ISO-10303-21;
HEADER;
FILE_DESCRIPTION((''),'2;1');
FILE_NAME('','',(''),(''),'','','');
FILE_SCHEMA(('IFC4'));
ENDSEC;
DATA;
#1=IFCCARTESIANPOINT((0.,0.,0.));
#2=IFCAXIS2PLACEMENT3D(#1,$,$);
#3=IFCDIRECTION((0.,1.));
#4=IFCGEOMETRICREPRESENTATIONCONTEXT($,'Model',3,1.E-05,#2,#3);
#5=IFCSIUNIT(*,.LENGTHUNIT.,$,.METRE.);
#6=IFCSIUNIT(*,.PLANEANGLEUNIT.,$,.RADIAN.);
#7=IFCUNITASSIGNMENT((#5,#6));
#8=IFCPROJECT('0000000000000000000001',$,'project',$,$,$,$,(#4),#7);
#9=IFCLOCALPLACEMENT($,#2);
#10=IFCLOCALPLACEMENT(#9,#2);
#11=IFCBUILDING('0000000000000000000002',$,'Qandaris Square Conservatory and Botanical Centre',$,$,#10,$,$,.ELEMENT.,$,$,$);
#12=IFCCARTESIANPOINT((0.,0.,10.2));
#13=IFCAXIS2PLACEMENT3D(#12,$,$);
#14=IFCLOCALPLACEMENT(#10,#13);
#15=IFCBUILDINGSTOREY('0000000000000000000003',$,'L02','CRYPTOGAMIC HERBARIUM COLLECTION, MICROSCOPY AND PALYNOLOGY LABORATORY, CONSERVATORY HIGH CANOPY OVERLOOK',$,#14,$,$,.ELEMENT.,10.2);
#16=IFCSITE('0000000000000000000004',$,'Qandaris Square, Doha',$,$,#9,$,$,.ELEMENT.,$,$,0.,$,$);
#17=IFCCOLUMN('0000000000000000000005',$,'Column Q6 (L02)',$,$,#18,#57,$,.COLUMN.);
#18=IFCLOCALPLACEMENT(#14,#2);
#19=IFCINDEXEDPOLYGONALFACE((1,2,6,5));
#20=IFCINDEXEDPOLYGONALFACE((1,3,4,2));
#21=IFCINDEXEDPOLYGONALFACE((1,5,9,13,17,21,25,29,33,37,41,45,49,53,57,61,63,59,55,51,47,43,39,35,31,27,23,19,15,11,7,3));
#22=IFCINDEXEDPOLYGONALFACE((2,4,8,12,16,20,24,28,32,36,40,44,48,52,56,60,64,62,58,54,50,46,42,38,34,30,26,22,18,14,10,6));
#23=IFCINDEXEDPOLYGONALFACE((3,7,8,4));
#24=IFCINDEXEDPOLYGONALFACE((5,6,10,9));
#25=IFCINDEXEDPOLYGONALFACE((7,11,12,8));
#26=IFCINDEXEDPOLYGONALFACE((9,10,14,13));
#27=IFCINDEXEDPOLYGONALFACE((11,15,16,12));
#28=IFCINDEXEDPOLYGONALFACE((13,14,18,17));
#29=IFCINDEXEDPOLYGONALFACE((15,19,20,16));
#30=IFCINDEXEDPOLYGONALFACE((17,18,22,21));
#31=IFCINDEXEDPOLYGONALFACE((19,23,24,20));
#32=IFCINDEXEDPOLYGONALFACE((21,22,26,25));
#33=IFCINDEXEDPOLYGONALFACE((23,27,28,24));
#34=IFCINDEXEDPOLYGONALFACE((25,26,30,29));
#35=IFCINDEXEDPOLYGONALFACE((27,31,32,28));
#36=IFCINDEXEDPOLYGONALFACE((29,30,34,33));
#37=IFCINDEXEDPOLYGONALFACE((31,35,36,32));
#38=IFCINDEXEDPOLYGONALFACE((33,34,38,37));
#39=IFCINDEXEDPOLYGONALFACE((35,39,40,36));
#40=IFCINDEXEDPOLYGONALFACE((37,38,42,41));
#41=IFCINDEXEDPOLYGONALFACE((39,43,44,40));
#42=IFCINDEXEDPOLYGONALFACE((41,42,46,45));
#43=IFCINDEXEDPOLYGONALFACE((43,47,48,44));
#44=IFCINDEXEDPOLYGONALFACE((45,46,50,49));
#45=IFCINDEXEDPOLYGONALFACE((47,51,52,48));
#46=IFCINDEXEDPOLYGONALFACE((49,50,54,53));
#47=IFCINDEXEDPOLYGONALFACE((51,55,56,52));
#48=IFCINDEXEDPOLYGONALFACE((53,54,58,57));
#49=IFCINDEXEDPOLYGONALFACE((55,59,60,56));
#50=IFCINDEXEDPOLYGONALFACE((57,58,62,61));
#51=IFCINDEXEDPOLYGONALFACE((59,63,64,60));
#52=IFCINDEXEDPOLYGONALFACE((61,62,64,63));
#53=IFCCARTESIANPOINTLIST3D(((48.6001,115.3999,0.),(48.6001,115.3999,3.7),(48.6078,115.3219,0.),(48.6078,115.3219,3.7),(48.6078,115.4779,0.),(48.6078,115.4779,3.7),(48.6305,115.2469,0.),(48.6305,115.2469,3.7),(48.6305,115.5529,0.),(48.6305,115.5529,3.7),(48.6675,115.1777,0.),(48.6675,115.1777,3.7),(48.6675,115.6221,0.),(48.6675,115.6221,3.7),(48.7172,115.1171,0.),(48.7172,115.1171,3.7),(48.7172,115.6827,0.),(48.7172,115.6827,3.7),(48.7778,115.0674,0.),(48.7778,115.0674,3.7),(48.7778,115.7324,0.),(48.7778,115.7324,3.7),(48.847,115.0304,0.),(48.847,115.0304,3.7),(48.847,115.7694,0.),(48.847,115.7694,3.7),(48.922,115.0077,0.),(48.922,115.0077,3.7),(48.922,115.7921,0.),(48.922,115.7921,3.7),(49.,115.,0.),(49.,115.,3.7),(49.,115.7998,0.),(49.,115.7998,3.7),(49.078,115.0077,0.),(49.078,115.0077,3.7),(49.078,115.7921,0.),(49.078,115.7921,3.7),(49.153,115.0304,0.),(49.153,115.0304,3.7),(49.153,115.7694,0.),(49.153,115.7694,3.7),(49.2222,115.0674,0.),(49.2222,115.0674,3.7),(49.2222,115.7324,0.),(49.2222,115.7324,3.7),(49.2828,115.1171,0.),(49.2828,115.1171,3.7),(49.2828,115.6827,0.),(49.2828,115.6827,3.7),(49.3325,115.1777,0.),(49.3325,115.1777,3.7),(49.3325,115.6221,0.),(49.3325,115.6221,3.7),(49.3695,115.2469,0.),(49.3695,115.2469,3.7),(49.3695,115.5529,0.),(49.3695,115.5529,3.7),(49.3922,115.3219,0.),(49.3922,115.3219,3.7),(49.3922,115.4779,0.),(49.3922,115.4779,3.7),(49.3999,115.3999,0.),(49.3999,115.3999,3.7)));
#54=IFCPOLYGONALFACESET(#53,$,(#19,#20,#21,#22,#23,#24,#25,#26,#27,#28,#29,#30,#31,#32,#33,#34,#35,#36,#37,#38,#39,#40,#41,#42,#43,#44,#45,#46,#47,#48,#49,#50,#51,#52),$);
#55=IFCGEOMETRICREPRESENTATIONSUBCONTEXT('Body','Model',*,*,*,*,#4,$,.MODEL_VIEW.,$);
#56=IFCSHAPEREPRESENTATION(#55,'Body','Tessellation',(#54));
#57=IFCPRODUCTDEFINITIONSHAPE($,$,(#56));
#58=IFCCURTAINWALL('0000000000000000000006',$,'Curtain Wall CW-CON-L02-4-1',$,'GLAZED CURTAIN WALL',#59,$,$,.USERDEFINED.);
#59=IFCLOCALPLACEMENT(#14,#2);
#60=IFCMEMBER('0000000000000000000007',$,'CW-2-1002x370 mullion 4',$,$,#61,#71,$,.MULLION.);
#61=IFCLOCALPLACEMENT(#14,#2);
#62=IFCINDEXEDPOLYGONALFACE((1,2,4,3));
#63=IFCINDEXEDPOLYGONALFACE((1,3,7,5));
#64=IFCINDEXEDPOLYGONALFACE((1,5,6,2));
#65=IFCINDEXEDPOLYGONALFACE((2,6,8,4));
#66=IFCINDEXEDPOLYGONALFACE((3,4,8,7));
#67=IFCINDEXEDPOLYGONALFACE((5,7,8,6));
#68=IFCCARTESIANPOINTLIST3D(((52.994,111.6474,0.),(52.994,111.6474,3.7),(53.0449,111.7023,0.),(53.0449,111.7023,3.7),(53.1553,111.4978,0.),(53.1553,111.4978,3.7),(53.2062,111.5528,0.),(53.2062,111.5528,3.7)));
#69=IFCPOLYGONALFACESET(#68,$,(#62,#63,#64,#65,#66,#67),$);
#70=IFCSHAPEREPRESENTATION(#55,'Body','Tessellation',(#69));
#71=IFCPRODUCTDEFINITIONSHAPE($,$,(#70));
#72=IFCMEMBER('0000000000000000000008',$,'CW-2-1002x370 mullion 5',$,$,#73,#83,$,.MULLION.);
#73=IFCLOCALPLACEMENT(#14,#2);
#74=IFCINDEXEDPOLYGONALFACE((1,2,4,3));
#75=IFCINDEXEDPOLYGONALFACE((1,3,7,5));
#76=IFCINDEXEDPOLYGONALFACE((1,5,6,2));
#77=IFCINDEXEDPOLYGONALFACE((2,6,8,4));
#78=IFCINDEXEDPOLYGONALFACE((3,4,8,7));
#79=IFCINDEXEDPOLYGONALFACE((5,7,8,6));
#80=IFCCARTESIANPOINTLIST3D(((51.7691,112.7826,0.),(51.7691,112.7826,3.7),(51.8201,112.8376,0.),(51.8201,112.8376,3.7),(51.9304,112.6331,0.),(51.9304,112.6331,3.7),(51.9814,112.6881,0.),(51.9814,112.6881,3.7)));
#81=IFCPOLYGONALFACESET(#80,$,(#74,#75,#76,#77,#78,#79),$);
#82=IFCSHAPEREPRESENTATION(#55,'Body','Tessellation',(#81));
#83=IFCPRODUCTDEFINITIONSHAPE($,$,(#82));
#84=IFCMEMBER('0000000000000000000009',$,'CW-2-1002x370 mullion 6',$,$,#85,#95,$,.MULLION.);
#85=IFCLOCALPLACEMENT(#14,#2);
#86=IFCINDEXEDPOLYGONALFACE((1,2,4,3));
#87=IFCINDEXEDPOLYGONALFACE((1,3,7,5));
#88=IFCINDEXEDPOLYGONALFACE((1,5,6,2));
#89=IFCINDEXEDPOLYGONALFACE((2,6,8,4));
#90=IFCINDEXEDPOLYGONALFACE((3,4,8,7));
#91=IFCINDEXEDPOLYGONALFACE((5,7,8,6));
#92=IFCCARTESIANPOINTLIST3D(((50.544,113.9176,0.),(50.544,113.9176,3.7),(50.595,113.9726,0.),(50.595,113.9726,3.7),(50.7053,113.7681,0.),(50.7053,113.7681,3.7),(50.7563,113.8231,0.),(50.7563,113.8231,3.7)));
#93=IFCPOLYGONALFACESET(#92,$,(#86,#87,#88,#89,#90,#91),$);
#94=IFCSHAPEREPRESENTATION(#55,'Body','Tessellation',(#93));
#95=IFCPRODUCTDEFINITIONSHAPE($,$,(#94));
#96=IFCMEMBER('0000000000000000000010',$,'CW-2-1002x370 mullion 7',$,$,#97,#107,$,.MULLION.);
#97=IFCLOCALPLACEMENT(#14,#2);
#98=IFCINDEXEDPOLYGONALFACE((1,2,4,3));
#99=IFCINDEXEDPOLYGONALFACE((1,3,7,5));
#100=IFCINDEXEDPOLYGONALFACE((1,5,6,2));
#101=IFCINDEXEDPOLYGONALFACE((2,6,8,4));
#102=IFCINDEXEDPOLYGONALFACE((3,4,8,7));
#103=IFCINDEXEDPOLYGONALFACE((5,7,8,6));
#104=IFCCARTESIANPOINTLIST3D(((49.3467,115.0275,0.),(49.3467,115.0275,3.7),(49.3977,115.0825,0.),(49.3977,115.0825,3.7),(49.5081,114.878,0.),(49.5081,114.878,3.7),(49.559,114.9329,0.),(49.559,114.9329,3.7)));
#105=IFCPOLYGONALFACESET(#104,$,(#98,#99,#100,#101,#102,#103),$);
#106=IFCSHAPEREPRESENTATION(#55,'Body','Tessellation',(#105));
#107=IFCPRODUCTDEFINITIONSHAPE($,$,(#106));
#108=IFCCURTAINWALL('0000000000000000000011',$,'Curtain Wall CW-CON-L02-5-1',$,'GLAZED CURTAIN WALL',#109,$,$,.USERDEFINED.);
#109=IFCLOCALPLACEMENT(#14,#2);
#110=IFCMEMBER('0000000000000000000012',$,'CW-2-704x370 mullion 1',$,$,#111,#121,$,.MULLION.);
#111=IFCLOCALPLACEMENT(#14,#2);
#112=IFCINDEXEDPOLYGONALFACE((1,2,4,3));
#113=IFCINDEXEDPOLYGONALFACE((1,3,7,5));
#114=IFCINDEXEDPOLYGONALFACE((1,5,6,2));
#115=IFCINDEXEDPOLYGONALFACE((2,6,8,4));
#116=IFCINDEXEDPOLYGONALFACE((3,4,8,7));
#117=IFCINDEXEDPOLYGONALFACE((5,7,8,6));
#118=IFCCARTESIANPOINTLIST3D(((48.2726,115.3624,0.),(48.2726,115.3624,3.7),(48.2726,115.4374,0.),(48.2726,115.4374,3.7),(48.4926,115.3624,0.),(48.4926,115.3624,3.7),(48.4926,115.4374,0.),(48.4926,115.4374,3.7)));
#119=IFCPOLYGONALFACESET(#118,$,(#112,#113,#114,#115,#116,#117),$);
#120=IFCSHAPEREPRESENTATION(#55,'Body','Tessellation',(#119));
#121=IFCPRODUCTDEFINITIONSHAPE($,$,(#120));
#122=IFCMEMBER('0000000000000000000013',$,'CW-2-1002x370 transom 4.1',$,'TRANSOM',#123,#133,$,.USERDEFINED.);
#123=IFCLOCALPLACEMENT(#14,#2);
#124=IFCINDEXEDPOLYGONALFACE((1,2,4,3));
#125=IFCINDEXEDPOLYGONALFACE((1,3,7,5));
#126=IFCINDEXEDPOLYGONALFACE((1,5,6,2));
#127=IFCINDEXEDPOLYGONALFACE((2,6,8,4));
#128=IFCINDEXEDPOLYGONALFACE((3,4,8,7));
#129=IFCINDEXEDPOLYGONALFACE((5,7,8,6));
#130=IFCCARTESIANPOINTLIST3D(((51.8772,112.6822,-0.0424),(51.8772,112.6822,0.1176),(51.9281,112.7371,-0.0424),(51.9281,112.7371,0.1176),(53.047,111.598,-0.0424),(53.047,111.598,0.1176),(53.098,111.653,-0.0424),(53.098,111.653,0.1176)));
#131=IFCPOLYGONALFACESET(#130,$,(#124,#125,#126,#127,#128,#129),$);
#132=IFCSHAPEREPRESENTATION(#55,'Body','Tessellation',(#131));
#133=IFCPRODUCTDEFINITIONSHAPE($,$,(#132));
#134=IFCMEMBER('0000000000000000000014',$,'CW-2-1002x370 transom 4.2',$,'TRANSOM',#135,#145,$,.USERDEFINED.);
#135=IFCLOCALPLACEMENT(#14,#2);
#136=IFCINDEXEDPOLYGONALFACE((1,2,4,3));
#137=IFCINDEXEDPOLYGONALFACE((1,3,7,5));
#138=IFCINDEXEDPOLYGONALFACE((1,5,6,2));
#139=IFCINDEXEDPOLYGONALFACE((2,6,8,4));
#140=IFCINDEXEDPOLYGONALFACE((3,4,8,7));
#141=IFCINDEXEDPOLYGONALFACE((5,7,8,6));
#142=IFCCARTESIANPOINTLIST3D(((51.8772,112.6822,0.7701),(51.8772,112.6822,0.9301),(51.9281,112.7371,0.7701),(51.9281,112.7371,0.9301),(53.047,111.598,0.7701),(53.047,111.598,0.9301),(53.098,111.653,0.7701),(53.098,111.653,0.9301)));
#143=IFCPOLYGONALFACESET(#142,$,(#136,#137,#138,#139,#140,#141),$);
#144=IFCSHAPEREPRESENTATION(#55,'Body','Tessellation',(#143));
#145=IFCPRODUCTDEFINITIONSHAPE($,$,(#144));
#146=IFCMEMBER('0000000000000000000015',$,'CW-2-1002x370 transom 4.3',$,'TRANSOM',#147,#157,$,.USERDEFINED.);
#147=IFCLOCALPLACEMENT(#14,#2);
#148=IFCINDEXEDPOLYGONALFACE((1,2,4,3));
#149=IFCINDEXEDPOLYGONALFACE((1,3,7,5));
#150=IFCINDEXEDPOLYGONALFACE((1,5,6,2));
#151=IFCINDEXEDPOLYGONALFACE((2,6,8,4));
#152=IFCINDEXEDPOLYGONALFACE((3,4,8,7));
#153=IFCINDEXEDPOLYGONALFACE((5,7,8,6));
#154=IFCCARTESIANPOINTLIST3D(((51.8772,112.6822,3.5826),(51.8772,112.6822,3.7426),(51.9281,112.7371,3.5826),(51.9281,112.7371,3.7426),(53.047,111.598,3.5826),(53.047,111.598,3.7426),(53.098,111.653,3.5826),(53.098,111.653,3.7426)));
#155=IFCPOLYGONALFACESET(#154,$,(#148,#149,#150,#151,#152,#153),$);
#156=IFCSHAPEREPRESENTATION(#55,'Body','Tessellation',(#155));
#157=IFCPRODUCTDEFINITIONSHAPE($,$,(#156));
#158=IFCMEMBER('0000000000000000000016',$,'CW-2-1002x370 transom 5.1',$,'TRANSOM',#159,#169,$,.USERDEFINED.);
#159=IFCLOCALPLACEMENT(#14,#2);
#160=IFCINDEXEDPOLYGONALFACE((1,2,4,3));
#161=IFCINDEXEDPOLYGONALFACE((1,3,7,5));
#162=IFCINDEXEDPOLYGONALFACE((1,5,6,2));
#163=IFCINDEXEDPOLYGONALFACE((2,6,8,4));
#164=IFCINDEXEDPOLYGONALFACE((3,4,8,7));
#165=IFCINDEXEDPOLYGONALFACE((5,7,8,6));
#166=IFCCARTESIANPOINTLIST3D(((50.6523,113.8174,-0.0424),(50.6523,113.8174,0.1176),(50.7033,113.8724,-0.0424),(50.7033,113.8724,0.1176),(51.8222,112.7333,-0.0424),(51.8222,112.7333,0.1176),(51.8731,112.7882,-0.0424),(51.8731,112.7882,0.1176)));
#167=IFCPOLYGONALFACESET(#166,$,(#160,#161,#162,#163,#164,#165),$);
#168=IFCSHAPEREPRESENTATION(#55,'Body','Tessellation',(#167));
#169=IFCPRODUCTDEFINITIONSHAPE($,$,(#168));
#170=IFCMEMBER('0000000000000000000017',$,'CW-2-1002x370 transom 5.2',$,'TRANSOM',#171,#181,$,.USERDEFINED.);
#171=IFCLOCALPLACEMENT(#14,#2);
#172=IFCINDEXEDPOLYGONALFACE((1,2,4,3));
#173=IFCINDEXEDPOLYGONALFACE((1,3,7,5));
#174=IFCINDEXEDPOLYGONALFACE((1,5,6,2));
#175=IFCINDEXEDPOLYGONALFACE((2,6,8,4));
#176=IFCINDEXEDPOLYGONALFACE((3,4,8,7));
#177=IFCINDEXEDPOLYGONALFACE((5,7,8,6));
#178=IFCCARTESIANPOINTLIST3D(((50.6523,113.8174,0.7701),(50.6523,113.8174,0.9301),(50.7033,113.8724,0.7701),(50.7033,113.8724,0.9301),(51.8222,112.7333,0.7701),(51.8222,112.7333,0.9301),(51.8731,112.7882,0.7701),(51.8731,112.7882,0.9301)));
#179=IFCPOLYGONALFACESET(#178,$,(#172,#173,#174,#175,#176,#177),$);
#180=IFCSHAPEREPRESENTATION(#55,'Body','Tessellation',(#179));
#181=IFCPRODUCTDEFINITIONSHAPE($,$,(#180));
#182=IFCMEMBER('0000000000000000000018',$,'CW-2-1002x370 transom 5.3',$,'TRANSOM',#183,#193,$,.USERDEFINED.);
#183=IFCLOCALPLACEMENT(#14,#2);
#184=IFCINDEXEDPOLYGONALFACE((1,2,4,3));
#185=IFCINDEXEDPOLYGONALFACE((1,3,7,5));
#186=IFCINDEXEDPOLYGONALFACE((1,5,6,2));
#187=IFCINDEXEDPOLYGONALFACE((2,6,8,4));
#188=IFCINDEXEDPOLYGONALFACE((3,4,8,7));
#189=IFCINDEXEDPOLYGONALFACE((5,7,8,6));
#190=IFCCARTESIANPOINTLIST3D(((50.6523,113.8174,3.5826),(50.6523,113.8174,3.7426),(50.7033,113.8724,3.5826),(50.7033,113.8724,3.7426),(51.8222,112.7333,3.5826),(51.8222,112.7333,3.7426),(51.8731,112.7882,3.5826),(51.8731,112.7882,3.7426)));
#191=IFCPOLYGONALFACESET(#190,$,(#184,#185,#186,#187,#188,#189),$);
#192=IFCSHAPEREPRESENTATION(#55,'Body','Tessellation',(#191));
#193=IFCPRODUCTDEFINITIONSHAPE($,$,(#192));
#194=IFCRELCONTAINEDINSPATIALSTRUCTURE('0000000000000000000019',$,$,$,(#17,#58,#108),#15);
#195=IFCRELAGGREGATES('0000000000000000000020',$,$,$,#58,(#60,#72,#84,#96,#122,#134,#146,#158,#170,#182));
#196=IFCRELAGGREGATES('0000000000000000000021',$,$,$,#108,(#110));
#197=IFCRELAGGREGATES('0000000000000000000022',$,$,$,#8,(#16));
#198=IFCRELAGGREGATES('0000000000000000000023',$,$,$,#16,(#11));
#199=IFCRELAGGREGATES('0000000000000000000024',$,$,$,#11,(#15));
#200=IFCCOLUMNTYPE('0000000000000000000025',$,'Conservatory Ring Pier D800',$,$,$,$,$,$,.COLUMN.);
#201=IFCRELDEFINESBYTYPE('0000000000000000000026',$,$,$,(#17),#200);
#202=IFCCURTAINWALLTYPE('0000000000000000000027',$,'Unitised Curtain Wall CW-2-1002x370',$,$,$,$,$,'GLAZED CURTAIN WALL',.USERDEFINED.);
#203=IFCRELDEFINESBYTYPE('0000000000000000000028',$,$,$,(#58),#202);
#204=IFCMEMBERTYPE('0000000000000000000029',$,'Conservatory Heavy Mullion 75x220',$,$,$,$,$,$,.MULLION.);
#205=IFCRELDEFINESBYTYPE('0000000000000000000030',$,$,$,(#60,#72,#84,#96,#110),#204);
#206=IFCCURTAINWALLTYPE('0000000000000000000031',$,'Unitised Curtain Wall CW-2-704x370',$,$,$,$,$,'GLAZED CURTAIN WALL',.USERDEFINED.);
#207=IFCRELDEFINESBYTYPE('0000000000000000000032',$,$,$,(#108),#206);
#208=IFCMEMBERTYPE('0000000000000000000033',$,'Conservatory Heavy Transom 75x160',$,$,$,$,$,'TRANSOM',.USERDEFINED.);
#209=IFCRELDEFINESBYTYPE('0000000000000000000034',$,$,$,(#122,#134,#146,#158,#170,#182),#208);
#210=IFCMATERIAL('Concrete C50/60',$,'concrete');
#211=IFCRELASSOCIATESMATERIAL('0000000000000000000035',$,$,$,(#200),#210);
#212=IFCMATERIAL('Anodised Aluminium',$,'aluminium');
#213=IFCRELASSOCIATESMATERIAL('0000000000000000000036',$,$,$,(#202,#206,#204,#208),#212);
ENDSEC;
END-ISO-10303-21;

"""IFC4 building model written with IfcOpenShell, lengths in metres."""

from ifc_helpers import new_model, si_unit, direction, frame, origin, origin_2d, place, context, subcontext, project, spatial, rectangle, circle, extrude, material, material_profile, profile_set, type_object, element, aggregate, save


model = new_model("IFC4")

# Units and contexts
model_context = context("Model", 3, precision=1e-05, world=origin(), true_north=direction((0.0, 1.0)))
body_context = subcontext(model_context, "Body", "Model", "MODEL_VIEW")
ifc_project = project(units=[si_unit("LENGTHUNIT", "METRE"), si_unit("PLANEANGLEUNIT", "RADIAN")], contexts=[model_context])

# Site, building, storey
site_placement = place(None, origin())
site = spatial("IfcSite", under=ifc_project, at=site_placement, Name="Qandaris Square, Doha", CompositionType="ELEMENT", RefElevation=0.0)
building_placement = place(site_placement, origin())
building = spatial("IfcBuilding", under=site, at=building_placement, Name="Qandaris Square Conservatory and Botanical Centre", CompositionType="ELEMENT")
storey_placement = place(building_placement, frame((0.0, 0.0, 10.2)))
storey = spatial("IfcBuildingStorey", under=building, at=storey_placement, Name="L02", Description="CRYPTOGAMIC HERBARIUM COLLECTION, MICROSCOPY AND PALYNOLOGY LABORATORY, CONSERVATORY HIGH CANOPY OVERLOOK", CompositionType="ELEMENT", Elevation=10.2)

# Column
ifc_material_1 = material(Name="Concrete C50/60", Category="concrete")
ifc_material_profile_1 = material_profile(ifc_material_1, circle(Radius=0.3999, at=origin_2d()), Name="RC-COL D800")
ifc_profile_set_1 = profile_set([ifc_material_profile_1], Name="Concrete C50/60")
column_type = type_object("IfcColumnType", Name="Conservatory Ring Pier D800", PredefinedType="COLUMN", material=ifc_profile_set_1)
column_placement = place(storey_placement, frame((49.0, 115.3999, 0.0), z_axis=(0.0, 0.0, 1.0), x_axis=(1.0, 0.0, 0.0)))
element("IfcColumn", 1, at=column_placement, inside=storey, type_object=column_type, Name="Column Q6 (L02)", PredefinedType="COLUMN", context=body_context, shape_type="SweptSolid", body=[
    extrude(circle(Radius=0.3999, at=origin_2d()), origin(), (0.0, 0.0, 1.0), 3.7),
])

# Curtain wall, members
ifc_material_2 = material(Name="Anodised Aluminium", Category="aluminium")
curtain_wall_type_1 = type_object("IfcCurtainWallType", Name="Unitised Curtain Wall CW-2-1002x370", ElementType="GLAZED CURTAIN WALL", PredefinedType="USERDEFINED", material=ifc_material_2)
curtain_wall_1_placement = place(storey_placement, origin())
curtain_wall_1 = element("IfcCurtainWall", 2, at=curtain_wall_1_placement, inside=storey, type_object=curtain_wall_type_1, Name="Curtain Wall CW-CON-L02-4-1", ObjectType="GLAZED CURTAIN WALL", PredefinedType="USERDEFINED")
ifc_material_profile_2 = material_profile(ifc_material_2, rectangle(XDim=0.075, YDim=0.22, at=origin_2d()), Name="ALU-MUL 75x220")
ifc_profile_set_2 = profile_set([ifc_material_profile_2], Name="Anodised Aluminium")
member_type_1 = type_object("IfcMemberType", Name="Conservatory Heavy Mullion 75x220", PredefinedType="MULLION", material=ifc_profile_set_2)
member_1_placement = place(storey_placement, frame((53.1001, 111.6001, 0.0), z_axis=(0.0, 0.0, 1.0), x_axis=(-0.679762, -0.733433, 0.0)))
member_1 = element("IfcMember", 3, at=member_1_placement, type_object=member_type_1, Name="CW-2-1002x370 mullion 4", PredefinedType="MULLION", context=body_context, shape_type="SweptSolid", body=[
    extrude(rectangle(XDim=0.075, YDim=0.22, at=origin_2d()), origin(), (0.0, 0.0, 1.0), 3.7),
])
member_2_placement = place(storey_placement, frame((51.8752, 112.7354, 0.0), z_axis=(0.0, 0.0, 1.0), x_axis=(-0.679762, -0.733433, 0.0)))
member_2 = element("IfcMember", 4, at=member_2_placement, type_object=member_type_1, Name="CW-2-1002x370 mullion 5", PredefinedType="MULLION", context=body_context, shape_type="SweptSolid", body=[
    extrude(rectangle(XDim=0.075, YDim=0.22, at=origin_2d()), origin(), (0.0, 0.0, 1.0), 3.7),
])
member_3_placement = place(storey_placement, frame((50.6501, 113.8704, 0.0), z_axis=(0.0, 0.0, 1.0), x_axis=(-0.679762, -0.733433, 0.0)))
member_3 = element("IfcMember", 5, at=member_3_placement, type_object=member_type_1, Name="CW-2-1002x370 mullion 6", PredefinedType="MULLION", context=body_context, shape_type="SweptSolid", body=[
    extrude(rectangle(XDim=0.075, YDim=0.22, at=origin_2d()), origin(), (0.0, 0.0, 1.0), 3.7),
])
member_4_placement = place(storey_placement, frame((49.4529, 114.9802, 0.0), z_axis=(0.0, 0.0, 1.0), x_axis=(-0.679762, -0.733433, 0.0)))
member_4 = element("IfcMember", 6, at=member_4_placement, type_object=member_type_1, Name="CW-2-1002x370 mullion 7", PredefinedType="MULLION", context=body_context, shape_type="SweptSolid", body=[
    extrude(rectangle(XDim=0.075, YDim=0.22, at=origin_2d()), origin(), (0.0, 0.0, 1.0), 3.7),
])

# Curtain wall, member
curtain_wall_type_2 = type_object("IfcCurtainWallType", Name="Unitised Curtain Wall CW-2-704x370", ElementType="GLAZED CURTAIN WALL", PredefinedType="USERDEFINED", material=ifc_material_2)
curtain_wall_2_placement = place(storey_placement, origin())
curtain_wall_2 = element("IfcCurtainWall", 7, at=curtain_wall_2_placement, inside=storey, type_object=curtain_wall_type_2, Name="Curtain Wall CW-CON-L02-5-1", ObjectType="GLAZED CURTAIN WALL", PredefinedType="USERDEFINED")
member_5_placement = place(storey_placement, frame((48.3826, 115.3999, 0.0), z_axis=(0.0, 0.0, 1.0), x_axis=(0.0, -1.0, 0.0)))
member_5 = element("IfcMember", 8, at=member_5_placement, type_object=member_type_1, Name="CW-2-704x370 mullion 1", PredefinedType="MULLION", context=body_context, shape_type="SweptSolid", body=[
    extrude(rectangle(XDim=0.075, YDim=0.22, at=origin_2d()), origin(), (0.0, 0.0, 1.0), 3.7),
])

# Members
ifc_material_profile_3 = material_profile(ifc_material_2, rectangle(XDim=0.075, YDim=0.1599, at=origin_2d()), Name="ALU-TRN 75x160")
ifc_profile_set_3 = profile_set([ifc_material_profile_3], Name="Anodised Aluminium")
member_type_2 = type_object("IfcMemberType", Name="Conservatory Heavy Transom 75x160", ElementType="TRANSOM", PredefinedType="USERDEFINED", material=ifc_profile_set_3)
member_6_placement = place(storey_placement, frame((53.0725, 111.6255, 0.0376), z_axis=(-0.733458, 0.679735, 0.0), x_axis=(-0.679735, -0.733458, 0.0)))
member_6 = element("IfcMember", 9, at=member_6_placement, type_object=member_type_2, Name="CW-2-1002x370 transom 4.1", ObjectType="TRANSOM", PredefinedType="USERDEFINED", context=body_context, shape_type="SweptSolid", body=[
    extrude(rectangle(XDim=0.075, YDim=0.1599, at=origin_2d()), origin(), (0.0, 0.0, 1.0), 1.595),
])
member_7_placement = place(storey_placement, frame((53.0725, 111.6255, 0.8501), z_axis=(-0.733458, 0.679735, 0.0), x_axis=(-0.679735, -0.733458, 0.0)))
member_7 = element("IfcMember", 10, at=member_7_placement, type_object=member_type_2, Name="CW-2-1002x370 transom 4.2", ObjectType="TRANSOM", PredefinedType="USERDEFINED", context=body_context, shape_type="SweptSolid", body=[
    extrude(rectangle(XDim=0.075, YDim=0.1599, at=origin_2d()), origin(), (0.0, 0.0, 1.0), 1.595),
])
member_8_placement = place(storey_placement, frame((53.0725, 111.6255, 3.6626), z_axis=(-0.733458, 0.679735, 0.0), x_axis=(-0.679735, -0.733458, 0.0)))
member_8 = element("IfcMember", 11, at=member_8_placement, type_object=member_type_2, Name="CW-2-1002x370 transom 4.3", ObjectType="TRANSOM", PredefinedType="USERDEFINED", context=body_context, shape_type="SweptSolid", body=[
    extrude(rectangle(XDim=0.075, YDim=0.1599, at=origin_2d()), origin(), (0.0, 0.0, 1.0), 1.595),
])
member_9_placement = place(storey_placement, frame((51.8477, 112.7607, 0.0376), z_axis=(-0.733458, 0.679735, 0.0), x_axis=(-0.679735, -0.733458, 0.0)))
member_9 = element("IfcMember", 12, at=member_9_placement, type_object=member_type_2, Name="CW-2-1002x370 transom 5.1", ObjectType="TRANSOM", PredefinedType="USERDEFINED", context=body_context, shape_type="SweptSolid", body=[
    extrude(rectangle(XDim=0.075, YDim=0.1599, at=origin_2d()), origin(), (0.0, 0.0, 1.0), 1.595),
])
member_10_placement = place(storey_placement, frame((51.8477, 112.7607, 0.8501), z_axis=(-0.733458, 0.679735, 0.0), x_axis=(-0.679735, -0.733458, 0.0)))
member_10 = element("IfcMember", 13, at=member_10_placement, type_object=member_type_2, Name="CW-2-1002x370 transom 5.2", ObjectType="TRANSOM", PredefinedType="USERDEFINED", context=body_context, shape_type="SweptSolid", body=[
    extrude(rectangle(XDim=0.075, YDim=0.1599, at=origin_2d()), origin(), (0.0, 0.0, 1.0), 1.595),
])
member_11_placement = place(storey_placement, frame((51.8477, 112.7607, 3.6626), z_axis=(-0.733458, 0.679735, 0.0), x_axis=(-0.679735, -0.733458, 0.0)))
member_11 = element("IfcMember", 14, at=member_11_placement, type_object=member_type_2, Name="CW-2-1002x370 transom 5.3", ObjectType="TRANSOM", PredefinedType="USERDEFINED", context=body_context, shape_type="SweptSolid", body=[
    extrude(rectangle(XDim=0.075, YDim=0.1599, at=origin_2d()), origin(), (0.0, 0.0, 1.0), 1.595),
])

aggregate(curtain_wall_1, [member_1, member_2, member_3, member_4, member_6, member_7, member_8, member_9, member_10, member_11])
aggregate(curtain_wall_2, [member_5])

save(model, "model.ifc")
